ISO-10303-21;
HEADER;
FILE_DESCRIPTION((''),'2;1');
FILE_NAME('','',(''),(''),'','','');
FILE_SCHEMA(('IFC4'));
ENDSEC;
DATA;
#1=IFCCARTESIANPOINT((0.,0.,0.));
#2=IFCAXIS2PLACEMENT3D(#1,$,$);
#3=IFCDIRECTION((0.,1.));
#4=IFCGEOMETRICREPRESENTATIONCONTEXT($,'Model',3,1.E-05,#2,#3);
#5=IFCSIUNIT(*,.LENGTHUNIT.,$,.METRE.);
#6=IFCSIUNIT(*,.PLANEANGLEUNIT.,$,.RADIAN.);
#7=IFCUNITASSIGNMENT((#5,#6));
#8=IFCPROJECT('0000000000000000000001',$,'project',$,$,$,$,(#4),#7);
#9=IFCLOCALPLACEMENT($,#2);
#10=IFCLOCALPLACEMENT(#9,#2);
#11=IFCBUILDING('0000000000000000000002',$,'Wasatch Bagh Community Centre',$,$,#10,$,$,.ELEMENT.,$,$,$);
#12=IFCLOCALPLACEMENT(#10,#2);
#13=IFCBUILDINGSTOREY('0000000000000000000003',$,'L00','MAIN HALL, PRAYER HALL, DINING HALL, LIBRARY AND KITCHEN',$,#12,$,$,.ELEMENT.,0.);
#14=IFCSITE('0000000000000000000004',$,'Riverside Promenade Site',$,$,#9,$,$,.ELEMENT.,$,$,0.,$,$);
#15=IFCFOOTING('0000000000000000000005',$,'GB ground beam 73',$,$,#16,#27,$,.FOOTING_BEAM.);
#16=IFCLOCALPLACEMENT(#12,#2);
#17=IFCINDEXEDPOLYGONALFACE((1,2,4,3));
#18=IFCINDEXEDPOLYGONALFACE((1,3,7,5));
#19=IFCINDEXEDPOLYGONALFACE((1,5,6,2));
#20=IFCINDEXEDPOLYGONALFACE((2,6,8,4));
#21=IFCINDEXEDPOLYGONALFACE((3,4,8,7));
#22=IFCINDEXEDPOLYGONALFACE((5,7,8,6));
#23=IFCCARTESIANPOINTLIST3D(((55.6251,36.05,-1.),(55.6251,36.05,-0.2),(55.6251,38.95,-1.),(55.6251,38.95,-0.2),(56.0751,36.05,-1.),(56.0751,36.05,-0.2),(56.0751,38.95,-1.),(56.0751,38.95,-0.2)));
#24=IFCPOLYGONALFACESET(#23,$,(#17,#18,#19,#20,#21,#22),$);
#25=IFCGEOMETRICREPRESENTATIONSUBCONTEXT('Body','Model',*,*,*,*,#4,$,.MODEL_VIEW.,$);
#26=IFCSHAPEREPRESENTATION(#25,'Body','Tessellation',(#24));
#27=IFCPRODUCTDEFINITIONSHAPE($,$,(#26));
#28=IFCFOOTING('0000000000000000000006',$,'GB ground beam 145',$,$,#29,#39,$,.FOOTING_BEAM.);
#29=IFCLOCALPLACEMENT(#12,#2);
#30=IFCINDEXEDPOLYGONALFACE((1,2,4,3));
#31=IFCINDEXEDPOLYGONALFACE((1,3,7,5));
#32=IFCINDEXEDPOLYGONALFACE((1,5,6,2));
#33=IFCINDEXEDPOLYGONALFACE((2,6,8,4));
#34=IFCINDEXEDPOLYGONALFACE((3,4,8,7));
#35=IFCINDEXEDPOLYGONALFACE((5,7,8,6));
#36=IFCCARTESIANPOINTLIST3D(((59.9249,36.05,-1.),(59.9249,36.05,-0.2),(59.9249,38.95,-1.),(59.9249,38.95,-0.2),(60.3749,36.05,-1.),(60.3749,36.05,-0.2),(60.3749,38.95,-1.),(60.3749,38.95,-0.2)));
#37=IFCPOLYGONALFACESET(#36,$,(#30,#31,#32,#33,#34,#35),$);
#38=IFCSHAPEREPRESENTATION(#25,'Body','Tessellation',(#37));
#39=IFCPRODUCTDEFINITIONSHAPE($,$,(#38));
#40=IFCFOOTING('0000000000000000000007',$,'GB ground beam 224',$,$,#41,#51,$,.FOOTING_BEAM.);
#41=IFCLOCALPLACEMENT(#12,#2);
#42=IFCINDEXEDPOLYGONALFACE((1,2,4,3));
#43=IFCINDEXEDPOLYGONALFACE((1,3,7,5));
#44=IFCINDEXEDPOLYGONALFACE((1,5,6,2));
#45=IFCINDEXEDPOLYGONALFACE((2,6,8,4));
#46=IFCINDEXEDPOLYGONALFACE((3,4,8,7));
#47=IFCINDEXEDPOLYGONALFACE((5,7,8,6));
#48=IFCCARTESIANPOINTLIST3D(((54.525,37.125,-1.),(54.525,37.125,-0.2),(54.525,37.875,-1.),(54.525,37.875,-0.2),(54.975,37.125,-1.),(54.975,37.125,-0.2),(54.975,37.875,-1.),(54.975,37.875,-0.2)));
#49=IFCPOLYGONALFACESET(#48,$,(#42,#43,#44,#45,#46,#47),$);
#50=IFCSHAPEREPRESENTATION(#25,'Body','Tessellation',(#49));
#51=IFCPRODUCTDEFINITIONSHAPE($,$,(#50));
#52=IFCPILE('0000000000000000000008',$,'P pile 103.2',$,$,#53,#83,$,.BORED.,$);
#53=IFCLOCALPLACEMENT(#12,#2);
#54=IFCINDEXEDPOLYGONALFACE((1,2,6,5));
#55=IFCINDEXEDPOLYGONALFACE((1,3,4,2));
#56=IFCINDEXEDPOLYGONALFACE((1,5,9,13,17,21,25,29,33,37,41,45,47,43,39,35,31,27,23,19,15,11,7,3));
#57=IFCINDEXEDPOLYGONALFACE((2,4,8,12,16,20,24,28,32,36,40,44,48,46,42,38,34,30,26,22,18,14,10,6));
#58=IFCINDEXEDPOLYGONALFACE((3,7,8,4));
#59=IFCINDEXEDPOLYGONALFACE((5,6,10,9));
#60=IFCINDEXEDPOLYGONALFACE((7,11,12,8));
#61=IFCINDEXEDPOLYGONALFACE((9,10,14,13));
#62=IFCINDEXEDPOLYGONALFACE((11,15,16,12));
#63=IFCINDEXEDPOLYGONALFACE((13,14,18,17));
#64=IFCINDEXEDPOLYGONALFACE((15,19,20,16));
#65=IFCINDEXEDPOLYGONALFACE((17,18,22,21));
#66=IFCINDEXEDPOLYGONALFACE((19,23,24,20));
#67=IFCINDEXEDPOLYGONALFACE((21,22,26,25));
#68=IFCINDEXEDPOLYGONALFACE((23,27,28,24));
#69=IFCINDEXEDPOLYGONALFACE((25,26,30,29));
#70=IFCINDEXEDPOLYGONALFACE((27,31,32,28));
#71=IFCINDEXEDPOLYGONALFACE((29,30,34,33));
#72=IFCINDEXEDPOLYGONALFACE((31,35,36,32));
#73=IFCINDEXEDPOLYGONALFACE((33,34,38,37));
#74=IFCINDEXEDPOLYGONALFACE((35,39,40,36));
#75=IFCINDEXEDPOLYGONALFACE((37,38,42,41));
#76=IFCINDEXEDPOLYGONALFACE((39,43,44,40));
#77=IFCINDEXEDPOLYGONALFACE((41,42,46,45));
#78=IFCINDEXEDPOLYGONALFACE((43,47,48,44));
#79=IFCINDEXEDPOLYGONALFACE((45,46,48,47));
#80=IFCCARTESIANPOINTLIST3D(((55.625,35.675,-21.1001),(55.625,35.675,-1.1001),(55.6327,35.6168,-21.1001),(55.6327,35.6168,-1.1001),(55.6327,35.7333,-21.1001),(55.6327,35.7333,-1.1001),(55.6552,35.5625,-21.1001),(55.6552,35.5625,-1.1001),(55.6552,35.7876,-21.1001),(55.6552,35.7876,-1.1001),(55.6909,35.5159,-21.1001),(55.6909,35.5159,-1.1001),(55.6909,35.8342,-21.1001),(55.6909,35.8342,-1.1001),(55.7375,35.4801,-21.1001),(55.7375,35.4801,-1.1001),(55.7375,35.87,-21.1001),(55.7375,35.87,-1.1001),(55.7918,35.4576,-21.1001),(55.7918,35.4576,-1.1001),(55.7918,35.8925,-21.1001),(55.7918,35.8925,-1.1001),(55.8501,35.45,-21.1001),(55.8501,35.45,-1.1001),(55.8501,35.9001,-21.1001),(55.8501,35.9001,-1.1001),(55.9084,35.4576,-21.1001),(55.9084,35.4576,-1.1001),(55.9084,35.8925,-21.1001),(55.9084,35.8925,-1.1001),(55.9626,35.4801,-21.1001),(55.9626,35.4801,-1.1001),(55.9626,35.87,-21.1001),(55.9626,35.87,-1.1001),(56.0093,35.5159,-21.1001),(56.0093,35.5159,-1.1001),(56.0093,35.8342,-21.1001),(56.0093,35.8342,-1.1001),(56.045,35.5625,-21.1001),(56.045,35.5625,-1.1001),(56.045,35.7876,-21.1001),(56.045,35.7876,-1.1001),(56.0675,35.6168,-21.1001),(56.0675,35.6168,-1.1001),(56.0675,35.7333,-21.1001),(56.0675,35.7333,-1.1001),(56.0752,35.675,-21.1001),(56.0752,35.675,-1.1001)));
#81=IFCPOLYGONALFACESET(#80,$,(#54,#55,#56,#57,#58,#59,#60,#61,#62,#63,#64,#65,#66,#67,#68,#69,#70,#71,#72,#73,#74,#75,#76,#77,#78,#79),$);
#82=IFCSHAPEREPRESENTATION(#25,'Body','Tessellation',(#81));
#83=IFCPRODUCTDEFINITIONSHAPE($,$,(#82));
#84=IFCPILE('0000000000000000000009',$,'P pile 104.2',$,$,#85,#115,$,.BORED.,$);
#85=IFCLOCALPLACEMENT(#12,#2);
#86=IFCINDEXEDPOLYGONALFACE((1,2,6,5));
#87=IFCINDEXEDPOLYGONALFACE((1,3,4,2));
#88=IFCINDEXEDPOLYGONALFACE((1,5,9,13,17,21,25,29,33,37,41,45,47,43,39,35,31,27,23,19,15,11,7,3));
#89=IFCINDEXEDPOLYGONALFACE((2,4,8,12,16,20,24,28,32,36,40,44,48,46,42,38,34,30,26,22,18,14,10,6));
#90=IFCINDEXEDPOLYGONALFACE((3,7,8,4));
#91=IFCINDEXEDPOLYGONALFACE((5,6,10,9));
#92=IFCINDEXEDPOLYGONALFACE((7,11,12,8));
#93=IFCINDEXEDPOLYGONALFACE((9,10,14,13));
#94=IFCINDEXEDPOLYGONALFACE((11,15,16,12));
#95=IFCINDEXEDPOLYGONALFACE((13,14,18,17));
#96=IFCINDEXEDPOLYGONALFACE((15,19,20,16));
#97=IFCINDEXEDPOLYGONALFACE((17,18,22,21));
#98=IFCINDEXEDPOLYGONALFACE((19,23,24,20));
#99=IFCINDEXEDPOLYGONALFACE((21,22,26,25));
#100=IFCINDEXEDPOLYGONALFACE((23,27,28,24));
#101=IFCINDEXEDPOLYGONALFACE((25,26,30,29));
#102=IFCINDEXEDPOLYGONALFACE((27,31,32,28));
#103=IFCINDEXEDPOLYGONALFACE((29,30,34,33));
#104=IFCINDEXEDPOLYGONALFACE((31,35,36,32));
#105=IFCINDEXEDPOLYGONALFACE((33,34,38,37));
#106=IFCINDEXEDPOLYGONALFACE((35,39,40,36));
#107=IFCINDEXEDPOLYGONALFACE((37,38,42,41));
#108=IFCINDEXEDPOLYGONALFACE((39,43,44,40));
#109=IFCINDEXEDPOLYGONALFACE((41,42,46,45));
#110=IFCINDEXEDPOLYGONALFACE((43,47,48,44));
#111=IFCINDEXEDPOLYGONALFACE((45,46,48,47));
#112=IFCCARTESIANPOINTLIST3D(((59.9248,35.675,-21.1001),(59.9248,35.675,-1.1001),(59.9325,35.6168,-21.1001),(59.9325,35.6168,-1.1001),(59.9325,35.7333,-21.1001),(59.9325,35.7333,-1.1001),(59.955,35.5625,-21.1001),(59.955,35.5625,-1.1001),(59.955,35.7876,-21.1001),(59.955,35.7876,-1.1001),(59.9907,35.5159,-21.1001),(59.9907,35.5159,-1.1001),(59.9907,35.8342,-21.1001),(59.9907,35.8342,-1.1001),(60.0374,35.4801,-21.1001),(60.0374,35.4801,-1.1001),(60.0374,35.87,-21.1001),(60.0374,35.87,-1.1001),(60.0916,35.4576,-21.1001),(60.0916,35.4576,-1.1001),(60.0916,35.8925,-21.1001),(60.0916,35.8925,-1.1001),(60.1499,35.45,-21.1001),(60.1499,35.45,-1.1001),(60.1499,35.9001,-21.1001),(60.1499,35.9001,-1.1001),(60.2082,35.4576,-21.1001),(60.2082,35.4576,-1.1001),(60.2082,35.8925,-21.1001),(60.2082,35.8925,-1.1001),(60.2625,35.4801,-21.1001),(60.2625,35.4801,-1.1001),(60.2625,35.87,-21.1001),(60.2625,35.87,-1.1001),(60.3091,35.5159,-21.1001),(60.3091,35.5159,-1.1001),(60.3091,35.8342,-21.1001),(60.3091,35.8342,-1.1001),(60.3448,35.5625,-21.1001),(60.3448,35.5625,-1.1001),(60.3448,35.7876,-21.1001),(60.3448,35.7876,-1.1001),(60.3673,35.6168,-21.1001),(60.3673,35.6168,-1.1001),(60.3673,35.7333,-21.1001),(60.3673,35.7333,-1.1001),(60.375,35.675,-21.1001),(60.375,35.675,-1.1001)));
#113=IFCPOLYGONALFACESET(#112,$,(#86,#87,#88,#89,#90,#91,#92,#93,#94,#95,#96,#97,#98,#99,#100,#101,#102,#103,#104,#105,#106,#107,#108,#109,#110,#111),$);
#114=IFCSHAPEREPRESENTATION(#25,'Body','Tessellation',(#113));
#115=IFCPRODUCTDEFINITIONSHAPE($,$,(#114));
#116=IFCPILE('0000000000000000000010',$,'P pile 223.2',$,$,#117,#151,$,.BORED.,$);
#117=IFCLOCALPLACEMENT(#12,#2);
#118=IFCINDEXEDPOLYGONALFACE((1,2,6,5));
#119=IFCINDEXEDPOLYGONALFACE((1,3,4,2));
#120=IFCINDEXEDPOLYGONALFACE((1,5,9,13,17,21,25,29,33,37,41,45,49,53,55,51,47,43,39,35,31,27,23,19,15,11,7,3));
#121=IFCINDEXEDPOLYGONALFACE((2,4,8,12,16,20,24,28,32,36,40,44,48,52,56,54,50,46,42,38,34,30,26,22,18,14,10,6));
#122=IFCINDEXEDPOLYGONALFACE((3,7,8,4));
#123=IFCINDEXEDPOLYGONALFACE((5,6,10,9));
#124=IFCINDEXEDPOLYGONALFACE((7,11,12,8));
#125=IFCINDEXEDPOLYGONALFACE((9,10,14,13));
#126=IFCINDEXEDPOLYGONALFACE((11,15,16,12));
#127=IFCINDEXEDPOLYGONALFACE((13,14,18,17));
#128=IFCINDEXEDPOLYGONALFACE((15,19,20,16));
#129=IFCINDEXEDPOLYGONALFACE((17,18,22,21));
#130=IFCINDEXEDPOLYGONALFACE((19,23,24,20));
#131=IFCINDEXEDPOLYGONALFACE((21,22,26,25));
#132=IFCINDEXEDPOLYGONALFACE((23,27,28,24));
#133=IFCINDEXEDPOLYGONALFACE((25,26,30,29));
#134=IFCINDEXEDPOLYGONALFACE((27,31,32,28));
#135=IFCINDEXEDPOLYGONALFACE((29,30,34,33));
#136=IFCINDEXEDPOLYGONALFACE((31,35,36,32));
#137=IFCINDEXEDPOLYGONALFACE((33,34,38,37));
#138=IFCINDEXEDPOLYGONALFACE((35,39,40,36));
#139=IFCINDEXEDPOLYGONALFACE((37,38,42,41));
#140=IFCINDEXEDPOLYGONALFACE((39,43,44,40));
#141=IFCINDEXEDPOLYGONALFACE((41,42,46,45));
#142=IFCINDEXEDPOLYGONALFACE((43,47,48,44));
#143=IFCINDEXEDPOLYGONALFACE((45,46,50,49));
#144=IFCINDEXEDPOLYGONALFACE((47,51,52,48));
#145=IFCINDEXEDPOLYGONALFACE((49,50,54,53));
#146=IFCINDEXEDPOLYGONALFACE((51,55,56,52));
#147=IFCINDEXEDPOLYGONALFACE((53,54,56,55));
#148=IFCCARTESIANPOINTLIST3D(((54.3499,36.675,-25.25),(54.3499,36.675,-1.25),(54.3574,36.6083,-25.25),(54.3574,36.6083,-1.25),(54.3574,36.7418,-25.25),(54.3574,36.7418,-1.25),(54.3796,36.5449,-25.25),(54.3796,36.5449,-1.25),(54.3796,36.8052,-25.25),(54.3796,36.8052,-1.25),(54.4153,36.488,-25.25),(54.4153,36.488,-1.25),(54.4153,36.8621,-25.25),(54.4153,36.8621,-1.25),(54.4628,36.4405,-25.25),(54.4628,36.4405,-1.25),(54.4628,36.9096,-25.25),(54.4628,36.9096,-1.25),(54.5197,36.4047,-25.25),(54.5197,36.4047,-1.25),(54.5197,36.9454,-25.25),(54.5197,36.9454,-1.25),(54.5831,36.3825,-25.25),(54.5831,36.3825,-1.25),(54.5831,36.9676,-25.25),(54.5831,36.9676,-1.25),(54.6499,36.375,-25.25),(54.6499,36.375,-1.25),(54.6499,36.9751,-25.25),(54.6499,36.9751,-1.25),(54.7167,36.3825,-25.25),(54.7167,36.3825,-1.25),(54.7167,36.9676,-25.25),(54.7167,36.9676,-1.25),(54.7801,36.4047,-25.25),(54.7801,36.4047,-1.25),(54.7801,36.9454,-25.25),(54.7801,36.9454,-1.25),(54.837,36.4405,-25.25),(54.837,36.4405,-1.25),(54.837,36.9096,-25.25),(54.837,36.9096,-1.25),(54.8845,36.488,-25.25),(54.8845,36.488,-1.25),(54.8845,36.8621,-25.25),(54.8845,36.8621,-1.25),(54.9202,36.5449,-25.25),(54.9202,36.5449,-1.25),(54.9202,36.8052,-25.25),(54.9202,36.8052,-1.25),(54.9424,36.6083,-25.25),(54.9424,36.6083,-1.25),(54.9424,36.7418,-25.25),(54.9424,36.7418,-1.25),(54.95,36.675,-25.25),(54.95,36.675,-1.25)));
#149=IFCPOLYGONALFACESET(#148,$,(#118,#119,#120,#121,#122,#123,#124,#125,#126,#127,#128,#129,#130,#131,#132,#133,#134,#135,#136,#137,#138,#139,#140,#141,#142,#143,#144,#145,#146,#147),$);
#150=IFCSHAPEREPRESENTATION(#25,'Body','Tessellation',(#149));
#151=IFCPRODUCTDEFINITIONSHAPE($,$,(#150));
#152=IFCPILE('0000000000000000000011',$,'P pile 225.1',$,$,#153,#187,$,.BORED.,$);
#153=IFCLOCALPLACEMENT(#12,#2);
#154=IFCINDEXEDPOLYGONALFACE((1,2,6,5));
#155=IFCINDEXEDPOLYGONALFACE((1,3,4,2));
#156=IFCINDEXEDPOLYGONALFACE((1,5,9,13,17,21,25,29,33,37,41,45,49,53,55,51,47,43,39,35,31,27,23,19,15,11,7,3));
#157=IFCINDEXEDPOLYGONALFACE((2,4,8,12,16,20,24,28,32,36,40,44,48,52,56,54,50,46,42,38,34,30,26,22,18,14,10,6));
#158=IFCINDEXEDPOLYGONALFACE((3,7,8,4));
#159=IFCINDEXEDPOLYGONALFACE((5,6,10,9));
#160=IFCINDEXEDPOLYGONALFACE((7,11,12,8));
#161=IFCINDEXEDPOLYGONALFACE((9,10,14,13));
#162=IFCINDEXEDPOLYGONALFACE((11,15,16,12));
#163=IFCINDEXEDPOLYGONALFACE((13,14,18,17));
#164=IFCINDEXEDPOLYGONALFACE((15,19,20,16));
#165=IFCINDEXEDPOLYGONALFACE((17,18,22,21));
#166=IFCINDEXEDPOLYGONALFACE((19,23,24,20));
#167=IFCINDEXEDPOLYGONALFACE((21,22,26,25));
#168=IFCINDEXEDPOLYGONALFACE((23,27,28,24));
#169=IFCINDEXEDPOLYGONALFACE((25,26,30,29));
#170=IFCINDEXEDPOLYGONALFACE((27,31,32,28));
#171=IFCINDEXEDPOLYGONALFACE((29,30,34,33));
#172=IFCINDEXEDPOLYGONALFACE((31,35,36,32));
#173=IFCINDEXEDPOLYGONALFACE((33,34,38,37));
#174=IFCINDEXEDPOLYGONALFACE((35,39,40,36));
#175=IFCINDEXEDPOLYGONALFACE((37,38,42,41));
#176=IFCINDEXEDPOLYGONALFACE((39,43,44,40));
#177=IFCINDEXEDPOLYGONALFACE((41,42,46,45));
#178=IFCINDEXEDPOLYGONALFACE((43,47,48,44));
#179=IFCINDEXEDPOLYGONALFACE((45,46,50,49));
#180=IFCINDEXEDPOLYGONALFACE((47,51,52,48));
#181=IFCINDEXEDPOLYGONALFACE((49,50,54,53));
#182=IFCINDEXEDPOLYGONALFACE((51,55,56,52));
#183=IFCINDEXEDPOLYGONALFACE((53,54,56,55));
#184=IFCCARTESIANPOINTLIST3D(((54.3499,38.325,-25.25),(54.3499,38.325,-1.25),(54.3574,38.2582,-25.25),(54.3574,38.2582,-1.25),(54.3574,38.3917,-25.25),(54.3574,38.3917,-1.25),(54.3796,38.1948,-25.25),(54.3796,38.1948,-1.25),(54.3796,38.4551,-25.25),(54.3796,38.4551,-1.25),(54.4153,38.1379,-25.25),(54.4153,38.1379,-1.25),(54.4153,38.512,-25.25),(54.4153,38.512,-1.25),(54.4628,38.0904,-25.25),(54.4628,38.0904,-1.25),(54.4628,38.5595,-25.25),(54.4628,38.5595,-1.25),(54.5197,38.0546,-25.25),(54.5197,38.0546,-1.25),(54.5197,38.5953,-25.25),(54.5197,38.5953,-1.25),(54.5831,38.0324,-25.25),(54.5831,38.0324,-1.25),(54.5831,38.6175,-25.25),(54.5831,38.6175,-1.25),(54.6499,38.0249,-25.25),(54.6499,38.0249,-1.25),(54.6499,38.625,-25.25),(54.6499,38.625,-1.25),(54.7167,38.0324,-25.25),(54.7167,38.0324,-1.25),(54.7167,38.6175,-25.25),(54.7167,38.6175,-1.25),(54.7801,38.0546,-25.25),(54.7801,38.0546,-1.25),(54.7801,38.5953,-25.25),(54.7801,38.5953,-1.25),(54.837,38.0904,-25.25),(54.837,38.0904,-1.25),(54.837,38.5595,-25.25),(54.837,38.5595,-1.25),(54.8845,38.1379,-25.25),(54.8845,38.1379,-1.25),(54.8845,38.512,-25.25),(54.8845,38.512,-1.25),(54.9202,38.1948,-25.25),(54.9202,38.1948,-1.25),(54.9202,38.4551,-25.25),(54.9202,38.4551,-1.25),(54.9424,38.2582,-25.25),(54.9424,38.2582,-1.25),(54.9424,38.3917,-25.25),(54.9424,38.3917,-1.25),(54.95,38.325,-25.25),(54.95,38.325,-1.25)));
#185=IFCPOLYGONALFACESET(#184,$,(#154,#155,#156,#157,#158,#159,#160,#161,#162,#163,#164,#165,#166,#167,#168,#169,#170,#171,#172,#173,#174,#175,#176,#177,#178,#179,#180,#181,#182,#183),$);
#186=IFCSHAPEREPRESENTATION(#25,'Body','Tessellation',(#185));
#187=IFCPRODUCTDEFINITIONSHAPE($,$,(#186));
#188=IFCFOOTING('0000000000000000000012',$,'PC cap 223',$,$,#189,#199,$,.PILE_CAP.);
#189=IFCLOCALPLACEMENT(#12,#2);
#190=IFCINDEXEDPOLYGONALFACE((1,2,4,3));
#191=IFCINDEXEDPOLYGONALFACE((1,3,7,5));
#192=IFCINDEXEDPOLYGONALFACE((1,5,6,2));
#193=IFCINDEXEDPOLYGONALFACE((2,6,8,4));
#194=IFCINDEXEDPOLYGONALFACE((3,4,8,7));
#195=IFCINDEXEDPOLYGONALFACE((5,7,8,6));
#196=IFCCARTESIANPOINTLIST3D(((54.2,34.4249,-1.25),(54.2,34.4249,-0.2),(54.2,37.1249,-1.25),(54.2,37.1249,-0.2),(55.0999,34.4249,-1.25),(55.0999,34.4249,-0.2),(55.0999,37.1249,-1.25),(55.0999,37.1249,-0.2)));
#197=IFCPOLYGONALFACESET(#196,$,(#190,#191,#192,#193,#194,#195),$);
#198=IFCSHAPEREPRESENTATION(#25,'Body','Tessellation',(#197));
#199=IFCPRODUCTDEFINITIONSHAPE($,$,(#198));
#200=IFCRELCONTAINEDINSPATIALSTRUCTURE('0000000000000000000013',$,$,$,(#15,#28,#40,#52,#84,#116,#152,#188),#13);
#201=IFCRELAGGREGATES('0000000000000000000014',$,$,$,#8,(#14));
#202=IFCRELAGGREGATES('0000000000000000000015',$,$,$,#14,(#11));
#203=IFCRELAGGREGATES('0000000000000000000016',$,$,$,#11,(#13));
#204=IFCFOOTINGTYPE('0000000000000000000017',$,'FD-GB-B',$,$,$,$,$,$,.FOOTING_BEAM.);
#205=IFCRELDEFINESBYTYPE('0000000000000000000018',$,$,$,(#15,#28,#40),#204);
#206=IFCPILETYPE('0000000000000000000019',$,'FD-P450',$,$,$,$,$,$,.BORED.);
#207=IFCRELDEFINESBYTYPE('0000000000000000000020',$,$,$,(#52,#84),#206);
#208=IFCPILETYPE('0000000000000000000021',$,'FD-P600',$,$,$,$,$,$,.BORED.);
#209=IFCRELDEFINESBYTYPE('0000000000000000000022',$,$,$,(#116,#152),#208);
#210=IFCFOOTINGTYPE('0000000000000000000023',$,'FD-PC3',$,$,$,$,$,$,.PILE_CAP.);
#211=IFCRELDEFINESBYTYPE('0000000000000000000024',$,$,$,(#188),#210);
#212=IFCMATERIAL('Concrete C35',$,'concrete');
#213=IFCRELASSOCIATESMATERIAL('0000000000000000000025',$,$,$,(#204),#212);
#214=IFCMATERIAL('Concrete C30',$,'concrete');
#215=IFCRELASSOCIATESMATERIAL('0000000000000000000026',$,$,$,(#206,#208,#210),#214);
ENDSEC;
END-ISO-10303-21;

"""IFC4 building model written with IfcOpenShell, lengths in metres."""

from ifc_helpers import new_model, si_unit, direction, frame, origin, origin_2d, place, context, subcontext, project, spatial, rectangle, circle, extrude, material, material_profile, profile_set, type_object, element, save


model = new_model("IFC4")

# Units and contexts
model_context = context("Model", 3, precision=1e-05, world=origin(), true_north=direction((0.0, 1.0)))
body_context = subcontext(model_context, "Body", "Model", "MODEL_VIEW")
ifc_project = project(units=[si_unit("LENGTHUNIT", "METRE"), si_unit("PLANEANGLEUNIT", "RADIAN")], contexts=[model_context])

# Site, building, storey
site_placement = place(None, origin())
site = spatial("IfcSite", under=ifc_project, at=site_placement, Name="Riverside Promenade Site", CompositionType="ELEMENT", RefElevation=0.0)
building_placement = place(site_placement, origin())
building = spatial("IfcBuilding", under=site, at=building_placement, Name="Wasatch Bagh Community Centre", CompositionType="ELEMENT")
storey_placement = place(building_placement, origin())
storey = spatial("IfcBuildingStorey", under=building, at=storey_placement, Name="L00", Description="MAIN HALL, PRAYER HALL, DINING HALL, LIBRARY AND KITCHEN", CompositionType="ELEMENT", Elevation=0.0)

# Footings
ifc_material_1 = material(Name="Concrete C35", Category="concrete")
footing_type_1 = type_object("IfcFootingType", Name="FD-GB-B", PredefinedType="FOOTING_BEAM", material=ifc_material_1)
for number, where, z_axis, x_axis, name in (
    (1, (55.8501, 37.5, -1.0), (0.0, 0.0, 1.0), (0.0, 1.0, 0.0), "GB ground beam 73"),
    (2, (60.1499, 37.5, -1.0), (0.0, 0.0, 1.0), (0.0, 1.0, 0.0), "GB ground beam 145"),
):
    element("IfcFooting", number, at=place(storey_placement, frame(where, z_axis=z_axis, x_axis=x_axis)), inside=storey, type_object=footing_type_1, Name=name, PredefinedType="FOOTING_BEAM", context=body_context, shape_type="SweptSolid", body=[
        extrude(rectangle(XDim=2.8999, YDim=0.45, at=origin_2d()), origin(), (0.0, 0.0, 1.0), 0.8),
    ])
footing_1_placement = place(storey_placement, frame((54.75, 37.5, -1.0), z_axis=(0.0, 0.0, 1.0), x_axis=(0.0, 1.0, 0.0)))
element("IfcFooting", 3, at=footing_1_placement, inside=storey, type_object=footing_type_1, Name="GB ground beam 224", PredefinedType="FOOTING_BEAM", context=body_context, shape_type="SweptSolid", body=[
    extrude(rectangle(XDim=0.75, YDim=0.45, at=origin_2d()), origin(), (0.0, 0.0, 1.0), 0.8),
])

# Piles
ifc_material_2 = material(Name="Concrete C30", Category="concrete")
ifc_material_profile_1 = material_profile(ifc_material_2, circle(Radius=0.2251, at=origin_2d()), Name="RC D450")
ifc_profile_set_1 = profile_set([ifc_material_profile_1], Name="Concrete C30")
pile_type_1 = type_object("IfcPileType", Name="FD-P450", PredefinedType="BORED", material=ifc_profile_set_1)
for number, where, z_axis, x_axis, name in (
    (4, (55.8501, 35.675, -1.1001), (0.0, 0.0, -1.0), (1.0, 0.0, 0.0), "P pile 103.2"),
    (5, (60.1499, 35.675, -1.1001), (0.0, 0.0, -1.0), (1.0, 0.0, 0.0), "P pile 104.2"),
):
    element("IfcPile", number, at=place(storey_placement, frame(where, z_axis=z_axis, x_axis=x_axis)), inside=storey, type_object=pile_type_1, Name=name, PredefinedType="BORED", context=body_context, shape_type="SweptSolid", body=[
        extrude(circle(Radius=0.2251, at=origin_2d()), origin(), (0.0, 0.0, 1.0), 20.0),
    ])
ifc_material_profile_2 = material_profile(ifc_material_2, circle(Radius=0.3, at=origin_2d()), Name="RC D600")
ifc_profile_set_2 = profile_set([ifc_material_profile_2], Name="Concrete C30")
pile_type_2 = type_object("IfcPileType", Name="FD-P600", PredefinedType="BORED", material=ifc_profile_set_2)
for number, where, z_axis, x_axis, name in (
    (6, (54.6499, 36.675, -1.25), (0.0, 0.0, -1.0), (1.0, 0.0, 0.0), "P pile 223.2"),
    (7, (54.6499, 38.325, -1.25), (0.0, 0.0, -1.0), (1.0, 0.0, 0.0), "P pile 225.1"),
):
    element("IfcPile", number, at=place(storey_placement, frame(where, z_axis=z_axis, x_axis=x_axis)), inside=storey, type_object=pile_type_2, Name=name, PredefinedType="BORED", context=body_context, shape_type="SweptSolid", body=[
        extrude(circle(Radius=0.3, at=origin_2d()), origin(), (0.0, 0.0, 1.0), 24.0),
    ])

# Footing
footing_type_2 = type_object("IfcFootingType", Name="FD-PC3", PredefinedType="PILE_CAP", material=ifc_material_2)
footing_2_placement = place(storey_placement, frame((54.6499, 35.7749, -1.25), z_axis=(0.0, 0.0, 1.0), x_axis=(0.0, 1.0, 0.0)))
element("IfcFooting", 8, at=footing_2_placement, inside=storey, type_object=footing_type_2, Name="PC cap 223", PredefinedType="PILE_CAP", context=body_context, shape_type="SweptSolid", body=[
    extrude(rectangle(XDim=2.7, YDim=0.8999, at=origin_2d()), origin(), (0.0, 0.0, 1.0), 1.05),
])

save(model, "model.ifc")
